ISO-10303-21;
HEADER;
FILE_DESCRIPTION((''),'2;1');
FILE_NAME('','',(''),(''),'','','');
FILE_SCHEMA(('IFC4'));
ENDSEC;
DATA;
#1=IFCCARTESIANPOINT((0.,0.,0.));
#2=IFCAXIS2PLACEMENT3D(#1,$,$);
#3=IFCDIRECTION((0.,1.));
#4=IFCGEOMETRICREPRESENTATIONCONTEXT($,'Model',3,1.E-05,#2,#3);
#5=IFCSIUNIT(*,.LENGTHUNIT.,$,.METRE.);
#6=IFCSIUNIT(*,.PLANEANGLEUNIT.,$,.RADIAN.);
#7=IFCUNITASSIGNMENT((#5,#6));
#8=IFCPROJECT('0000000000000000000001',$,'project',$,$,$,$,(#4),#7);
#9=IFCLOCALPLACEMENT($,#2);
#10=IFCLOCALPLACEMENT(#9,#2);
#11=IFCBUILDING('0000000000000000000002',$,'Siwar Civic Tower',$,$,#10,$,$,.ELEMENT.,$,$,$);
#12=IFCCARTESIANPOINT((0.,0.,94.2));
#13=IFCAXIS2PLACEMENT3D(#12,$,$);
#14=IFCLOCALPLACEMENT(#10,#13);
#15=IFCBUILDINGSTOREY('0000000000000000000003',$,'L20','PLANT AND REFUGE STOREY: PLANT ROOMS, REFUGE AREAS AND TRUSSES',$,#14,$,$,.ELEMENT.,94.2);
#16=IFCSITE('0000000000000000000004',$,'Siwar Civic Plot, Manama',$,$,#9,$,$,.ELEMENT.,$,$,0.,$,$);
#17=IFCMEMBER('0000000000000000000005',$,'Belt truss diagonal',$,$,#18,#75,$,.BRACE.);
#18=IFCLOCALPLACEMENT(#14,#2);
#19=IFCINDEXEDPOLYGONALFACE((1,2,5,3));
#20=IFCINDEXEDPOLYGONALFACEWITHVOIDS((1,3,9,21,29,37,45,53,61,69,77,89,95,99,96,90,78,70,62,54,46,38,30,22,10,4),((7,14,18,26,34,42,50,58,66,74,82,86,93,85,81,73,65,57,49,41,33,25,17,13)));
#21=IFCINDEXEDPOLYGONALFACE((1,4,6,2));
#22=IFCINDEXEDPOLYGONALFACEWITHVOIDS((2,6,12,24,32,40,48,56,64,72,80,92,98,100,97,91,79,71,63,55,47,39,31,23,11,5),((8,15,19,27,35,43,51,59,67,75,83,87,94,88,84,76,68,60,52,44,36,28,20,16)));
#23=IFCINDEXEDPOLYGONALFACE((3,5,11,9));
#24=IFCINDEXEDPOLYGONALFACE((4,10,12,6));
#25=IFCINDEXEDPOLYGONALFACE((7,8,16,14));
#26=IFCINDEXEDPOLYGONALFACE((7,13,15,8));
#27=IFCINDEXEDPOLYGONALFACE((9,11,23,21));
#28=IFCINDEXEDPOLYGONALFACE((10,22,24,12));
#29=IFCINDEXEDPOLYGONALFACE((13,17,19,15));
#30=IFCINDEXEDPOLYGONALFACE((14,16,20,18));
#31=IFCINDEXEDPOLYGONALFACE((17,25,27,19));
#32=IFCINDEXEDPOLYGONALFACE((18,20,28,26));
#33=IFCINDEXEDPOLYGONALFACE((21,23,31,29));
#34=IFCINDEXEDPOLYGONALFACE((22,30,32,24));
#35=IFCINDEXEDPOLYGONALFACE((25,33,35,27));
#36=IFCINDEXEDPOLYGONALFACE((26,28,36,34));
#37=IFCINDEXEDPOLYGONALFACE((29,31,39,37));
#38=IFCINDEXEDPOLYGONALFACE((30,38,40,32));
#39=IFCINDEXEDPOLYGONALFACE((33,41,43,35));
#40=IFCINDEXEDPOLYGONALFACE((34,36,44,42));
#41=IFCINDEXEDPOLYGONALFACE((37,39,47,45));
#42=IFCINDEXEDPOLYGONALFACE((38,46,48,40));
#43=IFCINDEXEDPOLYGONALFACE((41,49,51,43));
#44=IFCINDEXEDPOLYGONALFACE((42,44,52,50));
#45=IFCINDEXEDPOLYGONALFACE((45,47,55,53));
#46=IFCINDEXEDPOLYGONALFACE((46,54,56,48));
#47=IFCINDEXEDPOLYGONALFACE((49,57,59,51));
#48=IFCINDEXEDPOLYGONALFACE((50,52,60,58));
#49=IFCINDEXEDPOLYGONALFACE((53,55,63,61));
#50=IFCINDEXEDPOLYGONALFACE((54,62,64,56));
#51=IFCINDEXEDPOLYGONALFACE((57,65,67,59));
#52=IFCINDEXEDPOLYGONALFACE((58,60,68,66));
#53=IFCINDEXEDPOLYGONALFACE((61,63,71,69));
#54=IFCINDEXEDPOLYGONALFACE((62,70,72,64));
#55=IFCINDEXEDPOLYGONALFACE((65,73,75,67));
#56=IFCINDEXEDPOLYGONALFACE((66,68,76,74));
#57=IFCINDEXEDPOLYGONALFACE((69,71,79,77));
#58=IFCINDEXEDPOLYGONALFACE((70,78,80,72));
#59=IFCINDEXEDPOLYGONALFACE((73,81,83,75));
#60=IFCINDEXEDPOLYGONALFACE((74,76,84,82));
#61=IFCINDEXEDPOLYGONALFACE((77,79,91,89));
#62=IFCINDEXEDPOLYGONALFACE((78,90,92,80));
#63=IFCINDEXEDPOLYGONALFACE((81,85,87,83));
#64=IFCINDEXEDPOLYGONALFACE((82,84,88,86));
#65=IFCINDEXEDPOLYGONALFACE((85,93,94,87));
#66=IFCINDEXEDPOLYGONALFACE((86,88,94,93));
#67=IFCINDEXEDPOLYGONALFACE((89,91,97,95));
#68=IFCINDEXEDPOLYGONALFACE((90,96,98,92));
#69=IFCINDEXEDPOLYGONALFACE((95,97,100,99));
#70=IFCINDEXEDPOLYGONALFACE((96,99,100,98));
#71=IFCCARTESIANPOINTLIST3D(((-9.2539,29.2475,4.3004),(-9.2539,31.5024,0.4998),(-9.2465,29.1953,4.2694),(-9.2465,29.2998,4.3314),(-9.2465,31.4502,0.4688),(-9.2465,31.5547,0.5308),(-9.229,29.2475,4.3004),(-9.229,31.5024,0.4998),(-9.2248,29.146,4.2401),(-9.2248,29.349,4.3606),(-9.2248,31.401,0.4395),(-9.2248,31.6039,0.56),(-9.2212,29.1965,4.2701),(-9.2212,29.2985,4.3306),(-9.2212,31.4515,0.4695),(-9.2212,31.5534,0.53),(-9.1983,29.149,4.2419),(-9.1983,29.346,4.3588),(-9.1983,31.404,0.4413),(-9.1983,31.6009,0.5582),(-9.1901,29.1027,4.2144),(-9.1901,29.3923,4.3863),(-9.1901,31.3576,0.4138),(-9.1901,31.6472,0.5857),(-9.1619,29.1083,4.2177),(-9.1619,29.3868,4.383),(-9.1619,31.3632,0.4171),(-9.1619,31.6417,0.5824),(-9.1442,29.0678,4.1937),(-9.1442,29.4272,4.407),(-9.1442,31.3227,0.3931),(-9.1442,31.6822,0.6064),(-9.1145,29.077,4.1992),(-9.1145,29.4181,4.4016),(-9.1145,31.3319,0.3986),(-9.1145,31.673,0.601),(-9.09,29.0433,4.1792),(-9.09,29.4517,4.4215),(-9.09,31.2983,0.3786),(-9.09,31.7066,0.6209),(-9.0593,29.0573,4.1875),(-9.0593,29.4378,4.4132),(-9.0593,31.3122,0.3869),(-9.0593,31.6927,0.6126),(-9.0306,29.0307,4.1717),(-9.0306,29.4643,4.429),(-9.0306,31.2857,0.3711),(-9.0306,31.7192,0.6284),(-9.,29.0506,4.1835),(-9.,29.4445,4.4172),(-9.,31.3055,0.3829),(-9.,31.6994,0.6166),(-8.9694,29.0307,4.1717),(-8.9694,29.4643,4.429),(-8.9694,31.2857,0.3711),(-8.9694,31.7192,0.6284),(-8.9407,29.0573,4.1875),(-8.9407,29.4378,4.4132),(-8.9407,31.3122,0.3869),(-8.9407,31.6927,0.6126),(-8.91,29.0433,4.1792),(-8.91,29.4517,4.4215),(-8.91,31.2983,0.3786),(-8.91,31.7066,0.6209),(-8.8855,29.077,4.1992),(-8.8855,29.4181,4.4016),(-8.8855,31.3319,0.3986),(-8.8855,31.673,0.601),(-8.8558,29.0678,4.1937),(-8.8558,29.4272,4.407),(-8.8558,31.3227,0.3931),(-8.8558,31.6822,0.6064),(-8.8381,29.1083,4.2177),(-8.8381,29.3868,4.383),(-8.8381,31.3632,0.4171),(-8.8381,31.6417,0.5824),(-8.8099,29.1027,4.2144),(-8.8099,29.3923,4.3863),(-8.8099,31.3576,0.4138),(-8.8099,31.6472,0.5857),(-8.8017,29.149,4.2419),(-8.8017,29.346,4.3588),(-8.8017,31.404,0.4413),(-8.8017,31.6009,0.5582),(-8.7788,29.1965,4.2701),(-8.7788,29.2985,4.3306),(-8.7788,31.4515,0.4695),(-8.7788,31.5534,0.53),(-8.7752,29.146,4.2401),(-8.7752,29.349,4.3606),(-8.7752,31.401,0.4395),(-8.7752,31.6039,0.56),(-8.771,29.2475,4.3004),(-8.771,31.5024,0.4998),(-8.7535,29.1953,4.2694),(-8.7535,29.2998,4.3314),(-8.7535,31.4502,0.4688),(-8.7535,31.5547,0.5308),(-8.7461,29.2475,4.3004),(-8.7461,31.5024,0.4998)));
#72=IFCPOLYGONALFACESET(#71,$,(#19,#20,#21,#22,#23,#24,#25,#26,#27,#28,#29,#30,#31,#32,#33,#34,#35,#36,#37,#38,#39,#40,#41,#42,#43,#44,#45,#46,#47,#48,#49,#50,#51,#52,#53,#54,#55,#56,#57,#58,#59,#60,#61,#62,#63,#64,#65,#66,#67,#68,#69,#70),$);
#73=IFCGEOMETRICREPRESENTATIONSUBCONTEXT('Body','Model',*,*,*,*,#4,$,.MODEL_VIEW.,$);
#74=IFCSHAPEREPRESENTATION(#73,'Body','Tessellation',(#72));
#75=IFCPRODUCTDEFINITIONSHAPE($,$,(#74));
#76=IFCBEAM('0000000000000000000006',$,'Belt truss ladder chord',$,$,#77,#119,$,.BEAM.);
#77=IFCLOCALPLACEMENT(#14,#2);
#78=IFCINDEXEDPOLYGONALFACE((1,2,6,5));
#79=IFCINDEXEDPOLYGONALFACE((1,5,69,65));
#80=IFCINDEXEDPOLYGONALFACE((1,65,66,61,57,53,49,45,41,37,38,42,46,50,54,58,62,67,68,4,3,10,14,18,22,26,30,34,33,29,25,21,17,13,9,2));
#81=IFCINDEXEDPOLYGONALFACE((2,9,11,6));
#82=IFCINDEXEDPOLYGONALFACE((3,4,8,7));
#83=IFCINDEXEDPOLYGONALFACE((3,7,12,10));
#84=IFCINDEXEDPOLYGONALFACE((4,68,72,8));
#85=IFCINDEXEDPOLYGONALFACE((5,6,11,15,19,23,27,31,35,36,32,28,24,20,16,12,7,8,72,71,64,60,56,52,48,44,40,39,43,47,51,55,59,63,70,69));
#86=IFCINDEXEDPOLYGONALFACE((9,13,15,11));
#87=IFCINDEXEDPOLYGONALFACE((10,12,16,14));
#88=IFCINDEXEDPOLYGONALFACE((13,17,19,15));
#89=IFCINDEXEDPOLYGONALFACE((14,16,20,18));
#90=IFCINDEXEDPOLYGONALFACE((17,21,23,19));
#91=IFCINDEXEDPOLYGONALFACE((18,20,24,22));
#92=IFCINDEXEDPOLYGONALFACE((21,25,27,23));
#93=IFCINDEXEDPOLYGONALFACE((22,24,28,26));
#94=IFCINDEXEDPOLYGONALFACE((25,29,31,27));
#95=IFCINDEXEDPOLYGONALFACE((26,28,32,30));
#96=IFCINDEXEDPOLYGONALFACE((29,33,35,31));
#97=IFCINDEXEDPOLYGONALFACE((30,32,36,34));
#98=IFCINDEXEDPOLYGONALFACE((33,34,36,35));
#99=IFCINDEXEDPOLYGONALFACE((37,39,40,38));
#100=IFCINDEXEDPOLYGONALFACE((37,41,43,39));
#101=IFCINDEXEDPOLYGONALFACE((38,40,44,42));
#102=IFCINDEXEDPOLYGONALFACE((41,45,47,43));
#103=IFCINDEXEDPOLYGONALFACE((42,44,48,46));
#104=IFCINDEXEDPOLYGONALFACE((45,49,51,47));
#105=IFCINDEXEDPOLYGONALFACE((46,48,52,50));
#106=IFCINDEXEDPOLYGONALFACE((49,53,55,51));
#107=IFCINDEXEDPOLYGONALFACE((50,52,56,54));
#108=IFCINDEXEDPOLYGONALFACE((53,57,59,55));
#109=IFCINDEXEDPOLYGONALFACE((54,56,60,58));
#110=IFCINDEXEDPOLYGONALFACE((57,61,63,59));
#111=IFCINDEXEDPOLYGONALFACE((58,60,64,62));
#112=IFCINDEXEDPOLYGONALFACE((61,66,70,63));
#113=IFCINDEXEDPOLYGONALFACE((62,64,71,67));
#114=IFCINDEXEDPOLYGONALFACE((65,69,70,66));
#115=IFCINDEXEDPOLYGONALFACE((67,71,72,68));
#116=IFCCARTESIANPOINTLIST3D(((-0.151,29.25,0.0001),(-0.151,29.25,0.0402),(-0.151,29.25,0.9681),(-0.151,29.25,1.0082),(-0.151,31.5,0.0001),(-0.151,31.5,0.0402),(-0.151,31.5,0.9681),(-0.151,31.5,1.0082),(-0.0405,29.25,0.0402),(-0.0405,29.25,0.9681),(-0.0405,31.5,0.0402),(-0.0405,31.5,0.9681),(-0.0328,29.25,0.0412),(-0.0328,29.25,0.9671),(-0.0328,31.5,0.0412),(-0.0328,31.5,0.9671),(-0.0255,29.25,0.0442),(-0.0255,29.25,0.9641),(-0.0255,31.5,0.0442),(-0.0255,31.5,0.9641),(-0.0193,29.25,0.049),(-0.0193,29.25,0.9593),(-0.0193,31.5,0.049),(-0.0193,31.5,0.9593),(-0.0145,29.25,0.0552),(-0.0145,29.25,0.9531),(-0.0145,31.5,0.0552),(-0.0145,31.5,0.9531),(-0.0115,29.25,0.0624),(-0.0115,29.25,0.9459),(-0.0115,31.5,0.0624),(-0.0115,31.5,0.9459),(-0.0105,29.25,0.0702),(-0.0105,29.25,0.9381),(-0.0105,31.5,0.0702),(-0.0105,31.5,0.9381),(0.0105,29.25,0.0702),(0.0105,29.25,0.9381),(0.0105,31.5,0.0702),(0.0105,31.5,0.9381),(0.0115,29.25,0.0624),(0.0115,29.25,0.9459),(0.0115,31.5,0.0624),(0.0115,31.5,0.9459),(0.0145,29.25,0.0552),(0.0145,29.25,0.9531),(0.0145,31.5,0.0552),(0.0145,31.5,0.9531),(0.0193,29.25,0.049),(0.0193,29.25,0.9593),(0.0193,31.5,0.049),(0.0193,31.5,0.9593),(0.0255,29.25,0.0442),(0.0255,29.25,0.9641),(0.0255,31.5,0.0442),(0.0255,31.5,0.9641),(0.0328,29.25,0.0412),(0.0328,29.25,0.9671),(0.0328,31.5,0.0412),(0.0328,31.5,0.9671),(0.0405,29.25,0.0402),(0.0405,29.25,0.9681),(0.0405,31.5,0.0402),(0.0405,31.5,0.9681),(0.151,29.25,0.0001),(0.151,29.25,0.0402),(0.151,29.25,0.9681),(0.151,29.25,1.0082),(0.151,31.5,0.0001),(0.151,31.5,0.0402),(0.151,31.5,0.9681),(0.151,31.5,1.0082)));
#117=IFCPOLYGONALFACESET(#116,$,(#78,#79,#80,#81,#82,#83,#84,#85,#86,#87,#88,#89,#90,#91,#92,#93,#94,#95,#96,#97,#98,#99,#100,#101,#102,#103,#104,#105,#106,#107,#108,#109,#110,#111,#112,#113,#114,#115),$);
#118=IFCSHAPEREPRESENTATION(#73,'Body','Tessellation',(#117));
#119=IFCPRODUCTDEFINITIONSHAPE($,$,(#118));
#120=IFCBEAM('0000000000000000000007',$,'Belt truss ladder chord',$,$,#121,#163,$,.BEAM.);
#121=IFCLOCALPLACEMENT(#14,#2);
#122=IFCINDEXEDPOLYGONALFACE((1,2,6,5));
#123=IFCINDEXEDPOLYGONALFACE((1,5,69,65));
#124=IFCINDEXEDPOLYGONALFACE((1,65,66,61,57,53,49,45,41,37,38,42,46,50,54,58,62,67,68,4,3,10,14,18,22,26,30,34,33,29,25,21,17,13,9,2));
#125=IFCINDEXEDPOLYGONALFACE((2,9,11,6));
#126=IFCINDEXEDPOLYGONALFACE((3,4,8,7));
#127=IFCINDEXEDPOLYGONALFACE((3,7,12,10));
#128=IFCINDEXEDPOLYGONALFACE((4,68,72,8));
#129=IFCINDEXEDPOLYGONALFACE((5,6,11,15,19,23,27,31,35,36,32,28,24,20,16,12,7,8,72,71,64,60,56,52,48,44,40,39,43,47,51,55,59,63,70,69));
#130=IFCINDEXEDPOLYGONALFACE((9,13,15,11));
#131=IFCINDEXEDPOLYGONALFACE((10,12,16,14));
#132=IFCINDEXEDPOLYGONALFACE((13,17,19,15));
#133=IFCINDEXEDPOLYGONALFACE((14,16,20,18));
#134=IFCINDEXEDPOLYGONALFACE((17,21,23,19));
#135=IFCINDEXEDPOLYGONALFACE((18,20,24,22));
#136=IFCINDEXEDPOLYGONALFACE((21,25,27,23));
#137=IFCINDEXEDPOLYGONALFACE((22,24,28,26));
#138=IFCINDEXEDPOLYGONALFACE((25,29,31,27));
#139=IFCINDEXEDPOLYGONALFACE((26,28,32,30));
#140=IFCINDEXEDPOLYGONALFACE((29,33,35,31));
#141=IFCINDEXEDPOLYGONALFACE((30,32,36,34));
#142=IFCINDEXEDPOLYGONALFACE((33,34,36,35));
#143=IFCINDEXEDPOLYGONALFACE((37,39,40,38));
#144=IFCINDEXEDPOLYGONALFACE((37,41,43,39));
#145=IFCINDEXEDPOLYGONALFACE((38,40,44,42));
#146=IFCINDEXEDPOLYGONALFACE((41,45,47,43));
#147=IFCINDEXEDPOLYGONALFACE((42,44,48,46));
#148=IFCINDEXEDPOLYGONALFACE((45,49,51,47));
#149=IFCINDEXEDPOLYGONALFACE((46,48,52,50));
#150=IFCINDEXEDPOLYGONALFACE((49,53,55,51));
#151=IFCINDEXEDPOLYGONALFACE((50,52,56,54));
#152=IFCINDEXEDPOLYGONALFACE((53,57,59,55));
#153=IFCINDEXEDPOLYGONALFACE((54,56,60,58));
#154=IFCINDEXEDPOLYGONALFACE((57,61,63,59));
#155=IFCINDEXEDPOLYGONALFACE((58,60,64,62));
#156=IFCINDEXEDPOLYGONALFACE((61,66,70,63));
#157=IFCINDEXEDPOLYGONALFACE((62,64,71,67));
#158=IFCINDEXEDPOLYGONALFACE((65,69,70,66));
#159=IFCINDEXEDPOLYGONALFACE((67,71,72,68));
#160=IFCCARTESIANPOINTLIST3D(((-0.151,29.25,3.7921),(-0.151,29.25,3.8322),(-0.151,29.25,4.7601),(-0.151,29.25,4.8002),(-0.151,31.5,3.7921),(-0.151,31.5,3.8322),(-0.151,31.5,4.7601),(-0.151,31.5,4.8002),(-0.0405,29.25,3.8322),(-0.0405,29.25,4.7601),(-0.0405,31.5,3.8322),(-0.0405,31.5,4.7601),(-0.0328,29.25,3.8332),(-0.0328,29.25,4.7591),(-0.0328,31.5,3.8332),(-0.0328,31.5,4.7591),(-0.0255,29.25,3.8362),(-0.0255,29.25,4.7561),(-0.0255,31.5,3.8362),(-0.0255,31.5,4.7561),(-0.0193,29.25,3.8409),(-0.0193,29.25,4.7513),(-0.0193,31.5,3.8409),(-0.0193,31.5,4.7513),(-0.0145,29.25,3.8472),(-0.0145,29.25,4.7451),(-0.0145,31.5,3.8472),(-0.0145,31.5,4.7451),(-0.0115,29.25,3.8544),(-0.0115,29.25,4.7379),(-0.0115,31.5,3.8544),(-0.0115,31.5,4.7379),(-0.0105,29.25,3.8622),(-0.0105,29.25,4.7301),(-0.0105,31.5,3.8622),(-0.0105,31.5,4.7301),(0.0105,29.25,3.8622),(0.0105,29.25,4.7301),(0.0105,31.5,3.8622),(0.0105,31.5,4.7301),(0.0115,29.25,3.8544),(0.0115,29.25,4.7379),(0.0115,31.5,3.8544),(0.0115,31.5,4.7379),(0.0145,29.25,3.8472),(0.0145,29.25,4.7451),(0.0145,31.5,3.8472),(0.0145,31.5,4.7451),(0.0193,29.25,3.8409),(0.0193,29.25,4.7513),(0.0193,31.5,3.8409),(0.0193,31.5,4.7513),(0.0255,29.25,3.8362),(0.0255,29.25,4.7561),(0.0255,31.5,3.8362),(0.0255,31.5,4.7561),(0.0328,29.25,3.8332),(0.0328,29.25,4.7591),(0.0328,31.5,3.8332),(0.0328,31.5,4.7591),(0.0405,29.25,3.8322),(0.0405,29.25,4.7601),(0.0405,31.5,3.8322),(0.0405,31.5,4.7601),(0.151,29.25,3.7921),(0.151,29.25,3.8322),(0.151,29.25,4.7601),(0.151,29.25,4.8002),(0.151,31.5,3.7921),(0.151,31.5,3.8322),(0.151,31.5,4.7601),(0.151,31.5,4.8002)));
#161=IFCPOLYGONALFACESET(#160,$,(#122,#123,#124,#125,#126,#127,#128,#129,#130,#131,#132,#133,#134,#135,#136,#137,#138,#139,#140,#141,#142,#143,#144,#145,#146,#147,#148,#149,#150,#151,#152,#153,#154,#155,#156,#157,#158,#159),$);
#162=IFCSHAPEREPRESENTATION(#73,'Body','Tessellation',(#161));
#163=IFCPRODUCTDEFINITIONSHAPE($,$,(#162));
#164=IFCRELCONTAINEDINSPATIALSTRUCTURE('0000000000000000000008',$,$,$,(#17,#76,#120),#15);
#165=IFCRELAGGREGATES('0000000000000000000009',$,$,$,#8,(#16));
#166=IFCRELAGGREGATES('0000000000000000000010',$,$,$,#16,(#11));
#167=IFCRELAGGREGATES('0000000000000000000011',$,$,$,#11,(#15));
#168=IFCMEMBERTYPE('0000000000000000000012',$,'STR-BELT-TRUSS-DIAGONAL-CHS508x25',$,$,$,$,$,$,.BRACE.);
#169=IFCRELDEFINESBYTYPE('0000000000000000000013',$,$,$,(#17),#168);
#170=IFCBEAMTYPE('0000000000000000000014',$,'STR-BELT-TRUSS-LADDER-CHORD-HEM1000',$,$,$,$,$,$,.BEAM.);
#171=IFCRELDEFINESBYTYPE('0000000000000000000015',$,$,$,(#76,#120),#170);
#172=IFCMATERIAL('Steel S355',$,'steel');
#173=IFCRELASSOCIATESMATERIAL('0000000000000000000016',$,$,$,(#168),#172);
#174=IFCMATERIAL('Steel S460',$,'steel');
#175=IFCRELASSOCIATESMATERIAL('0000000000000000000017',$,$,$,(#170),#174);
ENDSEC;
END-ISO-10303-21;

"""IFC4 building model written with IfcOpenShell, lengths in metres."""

from ifc_helpers import new_model, si_unit, direction, frame, origin, origin_2d, place, context, subcontext, project, spatial, hollow_circle, i_section, extrude, material, material_profile, profile_set, type_object, element, save


model = new_model("IFC4")

# Units and contexts
model_context = context("Model", 3, precision=1e-05, world=origin(), true_north=direction((0.0, 1.0)))
body_context = subcontext(model_context, "Body", "Model", "MODEL_VIEW")
ifc_project = project(units=[si_unit("LENGTHUNIT", "METRE"), si_unit("PLANEANGLEUNIT", "RADIAN")], contexts=[model_context])

# Site, building, storey
site_placement = place(None, origin())
site = spatial("IfcSite", under=ifc_project, at=site_placement, Name="Siwar Civic Plot, Manama", CompositionType="ELEMENT", RefElevation=0.0)
building_placement = place(site_placement, origin())
building = spatial("IfcBuilding", under=site, at=building_placement, Name="Siwar Civic Tower", CompositionType="ELEMENT")
storey_placement = place(building_placement, frame((0.0, 0.0, 94.2)))
storey = spatial("IfcBuildingStorey", under=building, at=storey_placement, Name="L20", Description="PLANT AND REFUGE STOREY: PLANT ROOMS, REFUGE AREAS AND TRUSSES", CompositionType="ELEMENT", Elevation=94.2)

# Member
ifc_material_1 = material(Name="Steel S355", Category="steel")
ifc_material_profile_1 = material_profile(ifc_material_1, hollow_circle(Radius=0.2539, WallThickness=0.0249, at=origin_2d()), Name="CHS508x25")
ifc_profile_set_1 = profile_set([ifc_material_profile_1], Name="Steel S355")
member_type_1 = type_object("IfcMemberType", Name="STR-BELT-TRUSS-DIAGONAL-CHS508x25", PredefinedType="BRACE", material=ifc_profile_set_1)
member_1_placement = place(storey_placement, frame((-9.0, 31.5024, 0.4998), z_axis=(0.0, -0.510257, 0.860022), x_axis=(1.0, 0.0, 0.0)))
element("IfcMember", 1, at=member_1_placement, inside=storey, type_object=member_type_1, Name="Belt truss diagonal", PredefinedType="BRACE", context=body_context, shape_type="SweptSolid", body=[
    extrude(hollow_circle(Radius=0.2539, WallThickness=0.0249, at=origin_2d()), origin(), (0.0, 0.0, 1.0), 4.4192),
])

# Beams
ifc_material_2 = material(Name="Steel S460", Category="steel")
ifc_material_profile_2 = material_profile(ifc_material_2, i_section(OverallWidth=0.302, OverallDepth=1.0081, WebThickness=0.021, FlangeThickness=0.04, FilletRadius=0.03, at=origin_2d()), Name="HEM1000")
ifc_profile_set_2 = profile_set([ifc_material_profile_2], Name="Steel S460")
beam_type_1 = type_object("IfcBeamType", Name="STR-BELT-TRUSS-LADDER-CHORD-HEM1000", PredefinedType="BEAM", material=ifc_profile_set_2)
for number, where, z_axis, x_axis, name in (
    (2, (0.0, 29.25, 0.5042), (0.0, 1.0, 0.0), (-1.0, 0.0, 0.0), "Belt truss ladder chord"),
    (3, (0.0, 29.25, 4.2961), (0.0, 1.0, 0.0), (-1.0, 0.0, 0.0), "Belt truss ladder chord"),
):
    element("IfcBeam", number, at=place(storey_placement, frame(where, z_axis=z_axis, x_axis=x_axis)), inside=storey, type_object=beam_type_1, Name=name, PredefinedType="BEAM", context=body_context, shape_type="SweptSolid", body=[
        extrude(i_section(OverallWidth=0.302, OverallDepth=1.0081, WebThickness=0.021, FlangeThickness=0.04, FilletRadius=0.03, at=origin_2d()), origin(), (0.0, 0.0, 1.0), 2.25),
    ])

save(model, "model.ifc")
